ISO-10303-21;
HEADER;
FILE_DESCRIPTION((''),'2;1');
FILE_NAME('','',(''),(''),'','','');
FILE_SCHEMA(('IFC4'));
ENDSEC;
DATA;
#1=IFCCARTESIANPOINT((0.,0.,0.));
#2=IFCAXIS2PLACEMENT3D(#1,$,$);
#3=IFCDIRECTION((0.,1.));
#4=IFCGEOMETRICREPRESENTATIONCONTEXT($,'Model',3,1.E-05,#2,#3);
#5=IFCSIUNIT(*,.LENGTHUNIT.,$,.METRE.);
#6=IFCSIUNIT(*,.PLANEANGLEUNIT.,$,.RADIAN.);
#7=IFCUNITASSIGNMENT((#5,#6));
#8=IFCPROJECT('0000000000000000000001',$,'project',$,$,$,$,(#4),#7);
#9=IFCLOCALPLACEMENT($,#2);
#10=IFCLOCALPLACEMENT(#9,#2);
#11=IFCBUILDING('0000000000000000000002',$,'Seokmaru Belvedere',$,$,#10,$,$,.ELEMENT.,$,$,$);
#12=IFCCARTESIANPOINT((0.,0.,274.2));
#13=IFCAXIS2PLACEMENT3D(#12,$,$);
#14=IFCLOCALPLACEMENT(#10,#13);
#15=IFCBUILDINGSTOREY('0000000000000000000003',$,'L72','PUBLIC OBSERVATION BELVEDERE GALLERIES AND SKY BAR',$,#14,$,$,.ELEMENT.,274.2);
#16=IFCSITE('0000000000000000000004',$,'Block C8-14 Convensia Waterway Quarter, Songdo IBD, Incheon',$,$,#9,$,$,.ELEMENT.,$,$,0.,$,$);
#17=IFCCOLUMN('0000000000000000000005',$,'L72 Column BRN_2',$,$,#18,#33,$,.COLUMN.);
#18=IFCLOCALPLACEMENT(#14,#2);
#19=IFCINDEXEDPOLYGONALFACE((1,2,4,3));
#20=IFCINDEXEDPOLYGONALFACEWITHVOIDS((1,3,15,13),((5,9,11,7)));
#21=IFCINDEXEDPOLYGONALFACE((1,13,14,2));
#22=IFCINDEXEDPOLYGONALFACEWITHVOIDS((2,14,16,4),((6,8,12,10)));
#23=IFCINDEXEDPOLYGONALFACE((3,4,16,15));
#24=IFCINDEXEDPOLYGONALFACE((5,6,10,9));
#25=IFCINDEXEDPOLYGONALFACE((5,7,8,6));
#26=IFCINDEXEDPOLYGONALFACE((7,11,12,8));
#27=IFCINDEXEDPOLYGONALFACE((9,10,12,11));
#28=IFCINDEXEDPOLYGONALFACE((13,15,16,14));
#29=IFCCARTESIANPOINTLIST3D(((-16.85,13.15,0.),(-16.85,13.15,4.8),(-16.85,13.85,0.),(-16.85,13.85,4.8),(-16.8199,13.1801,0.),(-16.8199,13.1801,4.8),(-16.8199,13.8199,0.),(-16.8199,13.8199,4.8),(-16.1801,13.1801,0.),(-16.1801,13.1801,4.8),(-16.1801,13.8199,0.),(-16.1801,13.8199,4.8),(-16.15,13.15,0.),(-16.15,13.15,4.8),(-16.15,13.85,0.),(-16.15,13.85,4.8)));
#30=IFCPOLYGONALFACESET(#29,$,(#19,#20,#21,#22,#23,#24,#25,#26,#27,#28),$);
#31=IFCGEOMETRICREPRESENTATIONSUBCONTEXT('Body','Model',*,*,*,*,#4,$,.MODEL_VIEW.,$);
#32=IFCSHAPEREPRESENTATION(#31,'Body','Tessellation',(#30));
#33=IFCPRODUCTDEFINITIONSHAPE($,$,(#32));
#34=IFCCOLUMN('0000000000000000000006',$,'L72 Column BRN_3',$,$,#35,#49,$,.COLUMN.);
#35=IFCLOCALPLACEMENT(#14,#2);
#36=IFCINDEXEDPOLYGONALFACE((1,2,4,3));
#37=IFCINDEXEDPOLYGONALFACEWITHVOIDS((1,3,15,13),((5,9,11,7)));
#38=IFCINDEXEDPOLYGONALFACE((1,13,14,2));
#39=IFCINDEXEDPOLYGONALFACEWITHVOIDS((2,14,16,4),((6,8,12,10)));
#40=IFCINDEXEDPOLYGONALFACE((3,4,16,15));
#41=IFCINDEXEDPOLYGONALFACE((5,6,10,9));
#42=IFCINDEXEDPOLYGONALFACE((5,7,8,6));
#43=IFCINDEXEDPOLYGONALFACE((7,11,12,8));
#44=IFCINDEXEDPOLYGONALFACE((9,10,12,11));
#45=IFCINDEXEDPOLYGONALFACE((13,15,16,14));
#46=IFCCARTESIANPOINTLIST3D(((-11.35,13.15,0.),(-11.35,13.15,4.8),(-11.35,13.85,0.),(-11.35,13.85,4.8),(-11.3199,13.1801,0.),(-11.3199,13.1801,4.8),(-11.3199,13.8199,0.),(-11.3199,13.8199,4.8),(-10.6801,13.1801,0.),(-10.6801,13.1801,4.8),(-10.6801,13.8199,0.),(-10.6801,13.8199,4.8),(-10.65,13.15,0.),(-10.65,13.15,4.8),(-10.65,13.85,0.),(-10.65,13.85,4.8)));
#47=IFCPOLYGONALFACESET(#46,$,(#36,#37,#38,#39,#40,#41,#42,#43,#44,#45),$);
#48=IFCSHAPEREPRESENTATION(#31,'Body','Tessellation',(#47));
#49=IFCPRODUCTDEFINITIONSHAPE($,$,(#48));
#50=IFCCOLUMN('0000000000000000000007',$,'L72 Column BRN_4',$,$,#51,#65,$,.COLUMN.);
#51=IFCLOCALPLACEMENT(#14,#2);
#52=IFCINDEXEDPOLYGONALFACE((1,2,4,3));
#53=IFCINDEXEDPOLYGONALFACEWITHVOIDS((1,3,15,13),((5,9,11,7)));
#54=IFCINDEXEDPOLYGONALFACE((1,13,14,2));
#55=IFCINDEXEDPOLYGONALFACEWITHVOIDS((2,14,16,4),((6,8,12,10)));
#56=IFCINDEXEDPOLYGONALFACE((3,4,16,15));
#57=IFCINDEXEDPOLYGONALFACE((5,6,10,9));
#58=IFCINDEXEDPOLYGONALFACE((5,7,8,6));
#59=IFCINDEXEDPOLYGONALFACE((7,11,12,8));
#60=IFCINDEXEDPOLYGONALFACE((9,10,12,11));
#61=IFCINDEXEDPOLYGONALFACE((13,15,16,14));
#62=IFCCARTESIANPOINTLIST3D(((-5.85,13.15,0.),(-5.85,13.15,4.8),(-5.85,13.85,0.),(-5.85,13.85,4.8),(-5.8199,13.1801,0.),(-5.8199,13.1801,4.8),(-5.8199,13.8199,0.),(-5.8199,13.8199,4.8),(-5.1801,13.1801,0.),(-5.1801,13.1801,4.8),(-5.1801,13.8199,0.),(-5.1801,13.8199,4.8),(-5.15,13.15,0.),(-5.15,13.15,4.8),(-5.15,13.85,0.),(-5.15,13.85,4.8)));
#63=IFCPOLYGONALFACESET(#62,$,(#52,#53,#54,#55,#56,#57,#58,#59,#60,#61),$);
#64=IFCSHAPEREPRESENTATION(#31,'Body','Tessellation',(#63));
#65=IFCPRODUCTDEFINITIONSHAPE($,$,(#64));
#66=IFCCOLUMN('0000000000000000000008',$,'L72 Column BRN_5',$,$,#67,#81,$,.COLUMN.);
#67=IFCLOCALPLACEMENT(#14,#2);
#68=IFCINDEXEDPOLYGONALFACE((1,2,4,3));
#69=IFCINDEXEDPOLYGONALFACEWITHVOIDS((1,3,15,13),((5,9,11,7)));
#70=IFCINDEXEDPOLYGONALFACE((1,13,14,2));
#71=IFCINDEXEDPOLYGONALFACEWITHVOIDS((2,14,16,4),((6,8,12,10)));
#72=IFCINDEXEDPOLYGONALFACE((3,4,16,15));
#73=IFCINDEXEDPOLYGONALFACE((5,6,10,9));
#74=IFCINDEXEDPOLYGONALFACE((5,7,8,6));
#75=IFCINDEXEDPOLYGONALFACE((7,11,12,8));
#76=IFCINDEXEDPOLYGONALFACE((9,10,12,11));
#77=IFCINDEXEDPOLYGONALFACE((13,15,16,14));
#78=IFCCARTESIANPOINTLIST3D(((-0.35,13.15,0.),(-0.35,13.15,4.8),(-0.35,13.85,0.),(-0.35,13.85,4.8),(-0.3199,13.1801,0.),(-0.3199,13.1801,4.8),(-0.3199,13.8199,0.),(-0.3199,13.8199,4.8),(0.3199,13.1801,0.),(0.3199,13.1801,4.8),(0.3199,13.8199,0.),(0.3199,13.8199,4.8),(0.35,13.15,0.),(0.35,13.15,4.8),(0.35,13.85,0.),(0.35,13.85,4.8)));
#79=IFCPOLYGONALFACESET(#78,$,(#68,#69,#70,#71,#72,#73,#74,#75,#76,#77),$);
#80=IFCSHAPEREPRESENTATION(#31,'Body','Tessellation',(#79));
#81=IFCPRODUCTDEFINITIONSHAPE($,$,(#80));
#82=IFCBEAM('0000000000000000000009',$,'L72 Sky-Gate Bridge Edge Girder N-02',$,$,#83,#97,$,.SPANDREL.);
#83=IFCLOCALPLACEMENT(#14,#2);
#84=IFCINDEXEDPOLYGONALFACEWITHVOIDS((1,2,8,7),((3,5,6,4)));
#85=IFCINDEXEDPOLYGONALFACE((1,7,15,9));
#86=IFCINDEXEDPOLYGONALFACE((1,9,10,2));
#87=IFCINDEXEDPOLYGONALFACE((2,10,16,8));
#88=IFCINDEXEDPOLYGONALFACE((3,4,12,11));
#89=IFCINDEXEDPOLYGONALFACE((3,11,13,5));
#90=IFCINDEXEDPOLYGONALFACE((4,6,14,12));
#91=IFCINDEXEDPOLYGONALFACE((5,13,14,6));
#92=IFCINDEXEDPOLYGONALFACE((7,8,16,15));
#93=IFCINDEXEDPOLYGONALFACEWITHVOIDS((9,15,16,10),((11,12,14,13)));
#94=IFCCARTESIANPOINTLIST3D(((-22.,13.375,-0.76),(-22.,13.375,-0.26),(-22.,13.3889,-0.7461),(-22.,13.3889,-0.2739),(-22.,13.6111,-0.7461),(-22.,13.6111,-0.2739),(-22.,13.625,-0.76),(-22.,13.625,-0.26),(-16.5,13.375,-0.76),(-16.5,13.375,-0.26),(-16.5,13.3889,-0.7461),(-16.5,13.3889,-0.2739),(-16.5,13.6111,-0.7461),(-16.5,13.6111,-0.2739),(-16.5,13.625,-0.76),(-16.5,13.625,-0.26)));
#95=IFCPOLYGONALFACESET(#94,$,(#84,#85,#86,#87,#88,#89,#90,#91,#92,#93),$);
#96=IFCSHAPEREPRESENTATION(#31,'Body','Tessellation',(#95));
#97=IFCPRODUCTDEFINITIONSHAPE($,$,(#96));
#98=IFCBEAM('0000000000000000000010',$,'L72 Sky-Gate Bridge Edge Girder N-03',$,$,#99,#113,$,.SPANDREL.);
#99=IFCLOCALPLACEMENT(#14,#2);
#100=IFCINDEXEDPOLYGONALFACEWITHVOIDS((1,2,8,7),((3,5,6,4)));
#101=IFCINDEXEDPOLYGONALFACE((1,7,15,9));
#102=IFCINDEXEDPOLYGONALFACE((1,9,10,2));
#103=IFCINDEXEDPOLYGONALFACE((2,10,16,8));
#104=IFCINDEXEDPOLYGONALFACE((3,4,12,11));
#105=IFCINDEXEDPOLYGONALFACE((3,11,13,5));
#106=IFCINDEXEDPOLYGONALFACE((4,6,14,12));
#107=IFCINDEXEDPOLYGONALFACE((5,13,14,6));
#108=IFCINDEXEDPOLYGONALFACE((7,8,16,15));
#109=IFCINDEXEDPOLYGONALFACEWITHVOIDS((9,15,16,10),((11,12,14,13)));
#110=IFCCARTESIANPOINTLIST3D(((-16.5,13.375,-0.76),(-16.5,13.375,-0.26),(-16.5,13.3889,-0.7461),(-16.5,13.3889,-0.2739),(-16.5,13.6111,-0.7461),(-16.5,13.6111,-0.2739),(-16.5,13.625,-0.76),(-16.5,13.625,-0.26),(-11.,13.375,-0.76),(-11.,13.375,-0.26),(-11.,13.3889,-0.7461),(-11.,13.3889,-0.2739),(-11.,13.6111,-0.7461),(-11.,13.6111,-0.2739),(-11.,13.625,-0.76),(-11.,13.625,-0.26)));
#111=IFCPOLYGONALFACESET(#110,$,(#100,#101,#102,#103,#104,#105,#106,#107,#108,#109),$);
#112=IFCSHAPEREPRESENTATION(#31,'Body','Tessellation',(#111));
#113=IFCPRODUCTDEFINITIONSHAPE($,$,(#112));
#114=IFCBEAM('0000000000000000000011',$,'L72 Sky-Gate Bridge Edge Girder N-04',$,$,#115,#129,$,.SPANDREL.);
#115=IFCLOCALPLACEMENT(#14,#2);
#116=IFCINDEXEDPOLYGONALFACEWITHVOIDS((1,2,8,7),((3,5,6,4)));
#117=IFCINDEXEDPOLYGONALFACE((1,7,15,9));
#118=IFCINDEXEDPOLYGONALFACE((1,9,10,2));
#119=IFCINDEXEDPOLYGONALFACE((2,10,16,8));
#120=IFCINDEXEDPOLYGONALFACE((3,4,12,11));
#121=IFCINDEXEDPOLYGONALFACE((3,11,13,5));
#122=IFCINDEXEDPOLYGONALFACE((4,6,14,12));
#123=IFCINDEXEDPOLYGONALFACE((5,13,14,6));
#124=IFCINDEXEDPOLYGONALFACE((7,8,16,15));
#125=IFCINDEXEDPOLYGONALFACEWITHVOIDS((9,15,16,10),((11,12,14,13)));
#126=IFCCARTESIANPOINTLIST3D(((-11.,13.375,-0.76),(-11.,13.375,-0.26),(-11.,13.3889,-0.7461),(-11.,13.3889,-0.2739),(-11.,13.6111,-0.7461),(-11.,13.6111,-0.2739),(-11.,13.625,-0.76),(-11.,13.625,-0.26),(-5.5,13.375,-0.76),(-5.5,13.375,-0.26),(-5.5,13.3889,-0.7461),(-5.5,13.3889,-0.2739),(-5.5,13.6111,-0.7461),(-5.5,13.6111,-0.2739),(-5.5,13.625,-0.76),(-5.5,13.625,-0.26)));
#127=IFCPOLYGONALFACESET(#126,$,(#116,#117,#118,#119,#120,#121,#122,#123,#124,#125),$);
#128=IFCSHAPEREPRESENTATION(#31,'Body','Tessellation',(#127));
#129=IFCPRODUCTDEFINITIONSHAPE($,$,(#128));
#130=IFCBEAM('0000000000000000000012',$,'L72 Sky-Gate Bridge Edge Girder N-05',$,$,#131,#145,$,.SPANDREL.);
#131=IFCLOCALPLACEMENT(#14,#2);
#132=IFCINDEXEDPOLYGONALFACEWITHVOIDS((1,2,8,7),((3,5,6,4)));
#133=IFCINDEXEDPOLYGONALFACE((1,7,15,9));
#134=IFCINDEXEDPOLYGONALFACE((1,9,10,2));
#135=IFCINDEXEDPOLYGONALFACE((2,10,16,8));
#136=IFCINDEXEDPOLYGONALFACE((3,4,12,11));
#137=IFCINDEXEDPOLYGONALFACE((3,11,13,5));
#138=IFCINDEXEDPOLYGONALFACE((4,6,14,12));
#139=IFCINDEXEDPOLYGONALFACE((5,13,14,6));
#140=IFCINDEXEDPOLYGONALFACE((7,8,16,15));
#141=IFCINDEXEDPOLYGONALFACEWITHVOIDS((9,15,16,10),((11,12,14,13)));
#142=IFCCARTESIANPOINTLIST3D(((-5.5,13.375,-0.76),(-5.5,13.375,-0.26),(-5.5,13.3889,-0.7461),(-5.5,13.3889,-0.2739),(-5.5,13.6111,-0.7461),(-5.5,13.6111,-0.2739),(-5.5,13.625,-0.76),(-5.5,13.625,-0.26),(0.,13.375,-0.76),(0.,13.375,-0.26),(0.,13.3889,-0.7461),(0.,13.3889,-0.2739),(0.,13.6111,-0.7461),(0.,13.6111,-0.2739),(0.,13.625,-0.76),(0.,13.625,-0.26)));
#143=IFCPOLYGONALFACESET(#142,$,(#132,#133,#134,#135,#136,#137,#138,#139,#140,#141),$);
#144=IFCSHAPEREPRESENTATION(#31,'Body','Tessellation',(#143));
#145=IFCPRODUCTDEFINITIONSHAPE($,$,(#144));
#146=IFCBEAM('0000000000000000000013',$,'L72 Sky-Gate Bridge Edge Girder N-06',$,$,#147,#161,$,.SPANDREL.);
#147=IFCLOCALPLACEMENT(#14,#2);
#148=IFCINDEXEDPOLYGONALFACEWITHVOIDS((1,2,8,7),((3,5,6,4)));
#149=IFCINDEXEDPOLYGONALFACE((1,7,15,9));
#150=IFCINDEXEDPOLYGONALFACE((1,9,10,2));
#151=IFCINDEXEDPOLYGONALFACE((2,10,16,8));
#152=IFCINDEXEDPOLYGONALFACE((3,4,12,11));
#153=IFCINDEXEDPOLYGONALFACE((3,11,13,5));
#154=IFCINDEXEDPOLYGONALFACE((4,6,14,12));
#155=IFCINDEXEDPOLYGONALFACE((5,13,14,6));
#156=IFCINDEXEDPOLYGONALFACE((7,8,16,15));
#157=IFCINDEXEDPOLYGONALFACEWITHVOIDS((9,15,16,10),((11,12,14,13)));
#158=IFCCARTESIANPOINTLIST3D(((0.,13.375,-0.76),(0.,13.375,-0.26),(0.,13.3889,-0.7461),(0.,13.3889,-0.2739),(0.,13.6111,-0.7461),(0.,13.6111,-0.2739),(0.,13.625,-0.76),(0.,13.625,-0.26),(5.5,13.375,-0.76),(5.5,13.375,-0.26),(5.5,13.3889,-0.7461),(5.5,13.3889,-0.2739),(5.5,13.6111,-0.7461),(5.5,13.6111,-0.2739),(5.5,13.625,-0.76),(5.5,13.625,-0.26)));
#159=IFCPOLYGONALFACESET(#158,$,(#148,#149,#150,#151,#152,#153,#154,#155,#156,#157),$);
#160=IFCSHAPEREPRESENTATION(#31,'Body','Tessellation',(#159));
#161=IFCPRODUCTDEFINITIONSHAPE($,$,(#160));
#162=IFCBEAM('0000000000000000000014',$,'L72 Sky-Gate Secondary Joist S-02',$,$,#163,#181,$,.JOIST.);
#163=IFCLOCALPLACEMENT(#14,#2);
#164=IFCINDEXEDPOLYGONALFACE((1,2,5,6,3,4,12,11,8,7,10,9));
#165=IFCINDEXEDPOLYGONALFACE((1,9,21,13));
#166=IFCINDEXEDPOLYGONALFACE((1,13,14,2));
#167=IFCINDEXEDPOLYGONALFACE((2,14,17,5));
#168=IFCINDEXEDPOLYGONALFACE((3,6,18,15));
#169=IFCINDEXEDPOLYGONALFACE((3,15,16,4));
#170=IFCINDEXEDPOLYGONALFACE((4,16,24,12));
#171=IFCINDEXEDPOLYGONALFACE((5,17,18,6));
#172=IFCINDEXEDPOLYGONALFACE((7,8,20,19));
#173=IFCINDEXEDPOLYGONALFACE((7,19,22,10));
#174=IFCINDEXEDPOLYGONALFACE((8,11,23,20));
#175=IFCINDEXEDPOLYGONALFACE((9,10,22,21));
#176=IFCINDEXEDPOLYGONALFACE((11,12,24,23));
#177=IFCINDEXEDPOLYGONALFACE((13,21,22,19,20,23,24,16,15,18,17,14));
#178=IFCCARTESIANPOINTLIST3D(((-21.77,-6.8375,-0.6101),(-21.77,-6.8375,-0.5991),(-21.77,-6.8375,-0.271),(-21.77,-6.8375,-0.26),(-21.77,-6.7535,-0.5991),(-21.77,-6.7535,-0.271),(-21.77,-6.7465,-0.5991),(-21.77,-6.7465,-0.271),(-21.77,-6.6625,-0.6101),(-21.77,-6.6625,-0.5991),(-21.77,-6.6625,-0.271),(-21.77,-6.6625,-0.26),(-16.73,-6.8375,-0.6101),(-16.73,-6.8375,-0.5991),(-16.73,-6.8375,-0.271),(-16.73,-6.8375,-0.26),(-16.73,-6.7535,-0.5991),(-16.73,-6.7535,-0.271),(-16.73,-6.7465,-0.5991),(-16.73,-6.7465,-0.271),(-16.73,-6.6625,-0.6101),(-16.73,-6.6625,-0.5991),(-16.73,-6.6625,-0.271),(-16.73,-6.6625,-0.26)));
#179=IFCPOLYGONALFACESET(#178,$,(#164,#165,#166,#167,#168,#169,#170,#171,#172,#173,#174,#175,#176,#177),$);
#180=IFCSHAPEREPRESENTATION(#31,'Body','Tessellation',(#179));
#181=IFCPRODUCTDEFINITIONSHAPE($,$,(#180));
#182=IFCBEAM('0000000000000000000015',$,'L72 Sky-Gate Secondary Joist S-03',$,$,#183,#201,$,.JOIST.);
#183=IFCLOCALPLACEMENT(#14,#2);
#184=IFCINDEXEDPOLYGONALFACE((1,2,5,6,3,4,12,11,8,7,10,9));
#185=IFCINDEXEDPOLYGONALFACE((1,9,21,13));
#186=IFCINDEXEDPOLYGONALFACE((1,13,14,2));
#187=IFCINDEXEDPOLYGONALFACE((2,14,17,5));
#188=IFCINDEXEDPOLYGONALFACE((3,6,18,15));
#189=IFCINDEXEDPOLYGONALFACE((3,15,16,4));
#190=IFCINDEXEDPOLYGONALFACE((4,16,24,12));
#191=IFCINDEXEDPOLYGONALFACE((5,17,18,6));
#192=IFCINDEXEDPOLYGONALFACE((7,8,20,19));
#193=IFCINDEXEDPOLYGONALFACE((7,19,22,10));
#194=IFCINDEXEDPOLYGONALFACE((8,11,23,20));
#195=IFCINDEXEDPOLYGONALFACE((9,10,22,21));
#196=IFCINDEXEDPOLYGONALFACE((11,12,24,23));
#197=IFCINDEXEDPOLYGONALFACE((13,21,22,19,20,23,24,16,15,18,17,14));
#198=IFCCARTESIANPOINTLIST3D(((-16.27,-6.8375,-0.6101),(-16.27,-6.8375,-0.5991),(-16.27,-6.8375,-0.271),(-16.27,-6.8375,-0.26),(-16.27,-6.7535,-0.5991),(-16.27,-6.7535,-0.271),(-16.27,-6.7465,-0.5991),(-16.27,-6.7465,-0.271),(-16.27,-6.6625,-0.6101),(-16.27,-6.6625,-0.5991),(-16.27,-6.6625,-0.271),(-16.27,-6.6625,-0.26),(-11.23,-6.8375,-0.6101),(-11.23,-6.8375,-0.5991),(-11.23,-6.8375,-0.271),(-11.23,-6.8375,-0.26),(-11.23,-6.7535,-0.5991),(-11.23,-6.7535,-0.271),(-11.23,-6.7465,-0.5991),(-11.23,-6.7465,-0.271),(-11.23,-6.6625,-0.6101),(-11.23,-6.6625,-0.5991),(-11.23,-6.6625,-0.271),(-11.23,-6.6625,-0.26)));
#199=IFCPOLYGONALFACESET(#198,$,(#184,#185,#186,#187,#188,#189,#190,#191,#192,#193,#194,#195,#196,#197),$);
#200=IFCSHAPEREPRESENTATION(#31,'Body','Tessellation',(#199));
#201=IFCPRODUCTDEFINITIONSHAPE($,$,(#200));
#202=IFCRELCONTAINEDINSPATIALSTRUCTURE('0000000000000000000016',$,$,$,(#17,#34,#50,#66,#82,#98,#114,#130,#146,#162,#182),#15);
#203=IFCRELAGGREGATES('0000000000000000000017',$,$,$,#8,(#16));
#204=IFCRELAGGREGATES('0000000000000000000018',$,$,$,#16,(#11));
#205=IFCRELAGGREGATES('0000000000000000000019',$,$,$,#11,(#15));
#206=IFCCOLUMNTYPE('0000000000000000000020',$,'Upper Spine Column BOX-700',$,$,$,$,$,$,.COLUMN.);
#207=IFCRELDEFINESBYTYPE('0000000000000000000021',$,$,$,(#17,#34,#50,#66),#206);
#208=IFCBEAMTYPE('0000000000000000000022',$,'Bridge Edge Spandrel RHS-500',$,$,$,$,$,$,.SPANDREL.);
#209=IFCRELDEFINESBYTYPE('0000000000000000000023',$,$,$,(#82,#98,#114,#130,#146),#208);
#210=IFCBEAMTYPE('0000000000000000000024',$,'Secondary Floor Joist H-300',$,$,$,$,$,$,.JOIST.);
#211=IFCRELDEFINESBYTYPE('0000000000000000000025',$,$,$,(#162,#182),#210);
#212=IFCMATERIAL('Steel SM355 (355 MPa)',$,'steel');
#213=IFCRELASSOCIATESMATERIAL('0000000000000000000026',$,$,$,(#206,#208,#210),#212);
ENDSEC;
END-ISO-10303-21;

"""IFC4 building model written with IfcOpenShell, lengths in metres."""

from ifc_helpers import new_model, si_unit, direction, frame, origin, origin_2d, place, context, subcontext, project, spatial, hollow_rectangle, i_section, extrude, source, transform, mapped, material, material_profile, profile_set, type_object, type_shapes, element, save


model = new_model("IFC4")

# Units and contexts
model_context = context("Model", 3, precision=1e-05, world=origin(), true_north=direction((0.0, 1.0)))
body_context = subcontext(model_context, "Body", "Model", "MODEL_VIEW")
ifc_project = project(units=[si_unit("LENGTHUNIT", "METRE"), si_unit("PLANEANGLEUNIT", "RADIAN")], contexts=[model_context])

# Site, building, storey
site_placement = place(None, origin())
site = spatial("IfcSite", under=ifc_project, at=site_placement, Name="Block C8-14 Convensia Waterway Quarter, Songdo IBD, Incheon", CompositionType="ELEMENT", RefElevation=0.0)
building_placement = place(site_placement, origin())
building = spatial("IfcBuilding", under=site, at=building_placement, Name="Seokmaru Belvedere", CompositionType="ELEMENT")
storey_placement = place(building_placement, frame((0.0, 0.0, 274.2)))
storey = spatial("IfcBuildingStorey", under=building, at=storey_placement, Name="L72", Description="PUBLIC OBSERVATION BELVEDERE GALLERIES AND SKY BAR", CompositionType="ELEMENT", Elevation=274.2)

# Columns
ifc_material_1 = material(Name="Steel SM355 (355 MPa)", Category="steel")
ifc_material_profile_1 = material_profile(ifc_material_1, hollow_rectangle(XDim=0.7, YDim=0.7, WallThickness=0.03, at=origin_2d()), Name="BOX-700x700x30")
ifc_profile_set_1 = profile_set([ifc_material_profile_1], Name="Steel SM355 (355 MPa)")
column_type = type_object("IfcColumnType", Name="Upper Spine Column BOX-700", PredefinedType="COLUMN", material=ifc_profile_set_1)
shared_shape_1 = source(origin(), body_context, "Body", "SweptSolid", [
    extrude(hollow_rectangle(XDim=0.7, YDim=0.7, WallThickness=0.03, at=origin_2d()), origin(), (0.0, 0.0, 1.0), 4.8),
])
type_shapes(column_type, [shared_shape_1])
for number, where, z_axis, x_axis, name in (
    (1, (-16.5, 13.5, 0.0), (0.0, 0.0, 1.0), (1.0, 0.0, 0.0), "L72 Column BRN_2"),
    (2, (-11.0, 13.5, 0.0), (0.0, 0.0, 1.0), (1.0, 0.0, 0.0), "L72 Column BRN_3"),
    (3, (-5.5, 13.5, 0.0), (0.0, 0.0, 1.0), (1.0, 0.0, 0.0), "L72 Column BRN_4"),
    (4, (0.0, 13.5, 0.0), (0.0, 0.0, 1.0), (1.0, 0.0, 0.0), "L72 Column BRN_5"),
):
    element("IfcColumn", number, at=place(storey_placement, frame(where, z_axis=z_axis, x_axis=x_axis)), inside=storey, type_object=column_type, Name=name, PredefinedType="COLUMN", context=body_context, shape_type="MappedRepresentation", body=[
        mapped(shared_shape_1, transform((0.0, 0.0, 0.0), scale=1.0)),
    ])

# Beams
ifc_material_profile_2 = material_profile(ifc_material_1, hollow_rectangle(XDim=0.25, YDim=0.5, WallThickness=0.0139, at=origin_2d()), Name="RHS-500x250x14")
ifc_profile_set_2 = profile_set([ifc_material_profile_2], Name="Steel SM355 (355 MPa)")
beam_type_1 = type_object("IfcBeamType", Name="Bridge Edge Spandrel RHS-500", PredefinedType="SPANDREL", material=ifc_profile_set_2)
shared_shape_2 = source(origin(), body_context, "Body", "SweptSolid", [
    extrude(hollow_rectangle(XDim=0.25, YDim=0.5, WallThickness=0.0139, at=origin_2d()), origin(), (0.0, 0.0, 1.0), 5.5),
])
type_shapes(beam_type_1, [shared_shape_2])
for number, where, z_axis, x_axis, name in (
    (5, (-22.0, 13.5, -0.51), (1.0, 0.0, 0.0), (0.0, 1.0, 0.0), "L72 Sky-Gate Bridge Edge Girder N-02"),
    (6, (-16.5, 13.5, -0.51), (1.0, 0.0, 0.0), (0.0, 1.0, 0.0), "L72 Sky-Gate Bridge Edge Girder N-03"),
    (7, (-11.0, 13.5, -0.51), (1.0, 0.0, 0.0), (0.0, 1.0, 0.0), "L72 Sky-Gate Bridge Edge Girder N-04"),
    (8, (-5.5, 13.5, -0.51), (1.0, 0.0, 0.0), (0.0, 1.0, 0.0), "L72 Sky-Gate Bridge Edge Girder N-05"),
    (9, (0.0, 13.5, -0.51), (1.0, 0.0, 0.0), (0.0, 1.0, 0.0), "L72 Sky-Gate Bridge Edge Girder N-06"),
):
    element("IfcBeam", number, at=place(storey_placement, frame(where, z_axis=z_axis, x_axis=x_axis)), inside=storey, type_object=beam_type_1, Name=name, PredefinedType="SPANDREL", context=body_context, shape_type="MappedRepresentation", body=[
        mapped(shared_shape_2, transform((0.0, 0.0, 0.0), scale=1.0)),
    ])
ifc_material_profile_3 = material_profile(ifc_material_1, i_section(OverallWidth=0.175, OverallDepth=0.3501, WebThickness=0.0071, FlangeThickness=0.011, at=origin_2d()), Name="H-350x175x7x11")
ifc_profile_set_3 = profile_set([ifc_material_profile_3], Name="Steel SM355 (355 MPa)")
beam_type_2 = type_object("IfcBeamType", Name="Secondary Floor Joist H-300", PredefinedType="JOIST", material=ifc_profile_set_3)
shared_shape_3 = source(origin(), body_context, "Body", "SweptSolid", [
    extrude(i_section(OverallWidth=0.175, OverallDepth=0.3501, WebThickness=0.0071, FlangeThickness=0.011, at=origin_2d()), origin(), (0.0, 0.0, 1.0), 5.04),
])
type_shapes(beam_type_2, [shared_shape_3])
for number, where, z_axis, x_axis, name in (
    (10, (-21.77, -6.75, -0.4351), (1.0, 0.0, 0.0), (0.0, 1.0, 0.0), "L72 Sky-Gate Secondary Joist S-02"),
    (11, (-16.27, -6.75, -0.4351), (1.0, 0.0, 0.0), (0.0, 1.0, 0.0), "L72 Sky-Gate Secondary Joist S-03"),
):
    element("IfcBeam", number, at=place(storey_placement, frame(where, z_axis=z_axis, x_axis=x_axis)), inside=storey, type_object=beam_type_2, Name=name, PredefinedType="JOIST", context=body_context, shape_type="MappedRepresentation", body=[
        mapped(shared_shape_3, transform((0.0, 0.0, 0.0), scale=1.0)),
    ])

save(model, "model.ifc")
